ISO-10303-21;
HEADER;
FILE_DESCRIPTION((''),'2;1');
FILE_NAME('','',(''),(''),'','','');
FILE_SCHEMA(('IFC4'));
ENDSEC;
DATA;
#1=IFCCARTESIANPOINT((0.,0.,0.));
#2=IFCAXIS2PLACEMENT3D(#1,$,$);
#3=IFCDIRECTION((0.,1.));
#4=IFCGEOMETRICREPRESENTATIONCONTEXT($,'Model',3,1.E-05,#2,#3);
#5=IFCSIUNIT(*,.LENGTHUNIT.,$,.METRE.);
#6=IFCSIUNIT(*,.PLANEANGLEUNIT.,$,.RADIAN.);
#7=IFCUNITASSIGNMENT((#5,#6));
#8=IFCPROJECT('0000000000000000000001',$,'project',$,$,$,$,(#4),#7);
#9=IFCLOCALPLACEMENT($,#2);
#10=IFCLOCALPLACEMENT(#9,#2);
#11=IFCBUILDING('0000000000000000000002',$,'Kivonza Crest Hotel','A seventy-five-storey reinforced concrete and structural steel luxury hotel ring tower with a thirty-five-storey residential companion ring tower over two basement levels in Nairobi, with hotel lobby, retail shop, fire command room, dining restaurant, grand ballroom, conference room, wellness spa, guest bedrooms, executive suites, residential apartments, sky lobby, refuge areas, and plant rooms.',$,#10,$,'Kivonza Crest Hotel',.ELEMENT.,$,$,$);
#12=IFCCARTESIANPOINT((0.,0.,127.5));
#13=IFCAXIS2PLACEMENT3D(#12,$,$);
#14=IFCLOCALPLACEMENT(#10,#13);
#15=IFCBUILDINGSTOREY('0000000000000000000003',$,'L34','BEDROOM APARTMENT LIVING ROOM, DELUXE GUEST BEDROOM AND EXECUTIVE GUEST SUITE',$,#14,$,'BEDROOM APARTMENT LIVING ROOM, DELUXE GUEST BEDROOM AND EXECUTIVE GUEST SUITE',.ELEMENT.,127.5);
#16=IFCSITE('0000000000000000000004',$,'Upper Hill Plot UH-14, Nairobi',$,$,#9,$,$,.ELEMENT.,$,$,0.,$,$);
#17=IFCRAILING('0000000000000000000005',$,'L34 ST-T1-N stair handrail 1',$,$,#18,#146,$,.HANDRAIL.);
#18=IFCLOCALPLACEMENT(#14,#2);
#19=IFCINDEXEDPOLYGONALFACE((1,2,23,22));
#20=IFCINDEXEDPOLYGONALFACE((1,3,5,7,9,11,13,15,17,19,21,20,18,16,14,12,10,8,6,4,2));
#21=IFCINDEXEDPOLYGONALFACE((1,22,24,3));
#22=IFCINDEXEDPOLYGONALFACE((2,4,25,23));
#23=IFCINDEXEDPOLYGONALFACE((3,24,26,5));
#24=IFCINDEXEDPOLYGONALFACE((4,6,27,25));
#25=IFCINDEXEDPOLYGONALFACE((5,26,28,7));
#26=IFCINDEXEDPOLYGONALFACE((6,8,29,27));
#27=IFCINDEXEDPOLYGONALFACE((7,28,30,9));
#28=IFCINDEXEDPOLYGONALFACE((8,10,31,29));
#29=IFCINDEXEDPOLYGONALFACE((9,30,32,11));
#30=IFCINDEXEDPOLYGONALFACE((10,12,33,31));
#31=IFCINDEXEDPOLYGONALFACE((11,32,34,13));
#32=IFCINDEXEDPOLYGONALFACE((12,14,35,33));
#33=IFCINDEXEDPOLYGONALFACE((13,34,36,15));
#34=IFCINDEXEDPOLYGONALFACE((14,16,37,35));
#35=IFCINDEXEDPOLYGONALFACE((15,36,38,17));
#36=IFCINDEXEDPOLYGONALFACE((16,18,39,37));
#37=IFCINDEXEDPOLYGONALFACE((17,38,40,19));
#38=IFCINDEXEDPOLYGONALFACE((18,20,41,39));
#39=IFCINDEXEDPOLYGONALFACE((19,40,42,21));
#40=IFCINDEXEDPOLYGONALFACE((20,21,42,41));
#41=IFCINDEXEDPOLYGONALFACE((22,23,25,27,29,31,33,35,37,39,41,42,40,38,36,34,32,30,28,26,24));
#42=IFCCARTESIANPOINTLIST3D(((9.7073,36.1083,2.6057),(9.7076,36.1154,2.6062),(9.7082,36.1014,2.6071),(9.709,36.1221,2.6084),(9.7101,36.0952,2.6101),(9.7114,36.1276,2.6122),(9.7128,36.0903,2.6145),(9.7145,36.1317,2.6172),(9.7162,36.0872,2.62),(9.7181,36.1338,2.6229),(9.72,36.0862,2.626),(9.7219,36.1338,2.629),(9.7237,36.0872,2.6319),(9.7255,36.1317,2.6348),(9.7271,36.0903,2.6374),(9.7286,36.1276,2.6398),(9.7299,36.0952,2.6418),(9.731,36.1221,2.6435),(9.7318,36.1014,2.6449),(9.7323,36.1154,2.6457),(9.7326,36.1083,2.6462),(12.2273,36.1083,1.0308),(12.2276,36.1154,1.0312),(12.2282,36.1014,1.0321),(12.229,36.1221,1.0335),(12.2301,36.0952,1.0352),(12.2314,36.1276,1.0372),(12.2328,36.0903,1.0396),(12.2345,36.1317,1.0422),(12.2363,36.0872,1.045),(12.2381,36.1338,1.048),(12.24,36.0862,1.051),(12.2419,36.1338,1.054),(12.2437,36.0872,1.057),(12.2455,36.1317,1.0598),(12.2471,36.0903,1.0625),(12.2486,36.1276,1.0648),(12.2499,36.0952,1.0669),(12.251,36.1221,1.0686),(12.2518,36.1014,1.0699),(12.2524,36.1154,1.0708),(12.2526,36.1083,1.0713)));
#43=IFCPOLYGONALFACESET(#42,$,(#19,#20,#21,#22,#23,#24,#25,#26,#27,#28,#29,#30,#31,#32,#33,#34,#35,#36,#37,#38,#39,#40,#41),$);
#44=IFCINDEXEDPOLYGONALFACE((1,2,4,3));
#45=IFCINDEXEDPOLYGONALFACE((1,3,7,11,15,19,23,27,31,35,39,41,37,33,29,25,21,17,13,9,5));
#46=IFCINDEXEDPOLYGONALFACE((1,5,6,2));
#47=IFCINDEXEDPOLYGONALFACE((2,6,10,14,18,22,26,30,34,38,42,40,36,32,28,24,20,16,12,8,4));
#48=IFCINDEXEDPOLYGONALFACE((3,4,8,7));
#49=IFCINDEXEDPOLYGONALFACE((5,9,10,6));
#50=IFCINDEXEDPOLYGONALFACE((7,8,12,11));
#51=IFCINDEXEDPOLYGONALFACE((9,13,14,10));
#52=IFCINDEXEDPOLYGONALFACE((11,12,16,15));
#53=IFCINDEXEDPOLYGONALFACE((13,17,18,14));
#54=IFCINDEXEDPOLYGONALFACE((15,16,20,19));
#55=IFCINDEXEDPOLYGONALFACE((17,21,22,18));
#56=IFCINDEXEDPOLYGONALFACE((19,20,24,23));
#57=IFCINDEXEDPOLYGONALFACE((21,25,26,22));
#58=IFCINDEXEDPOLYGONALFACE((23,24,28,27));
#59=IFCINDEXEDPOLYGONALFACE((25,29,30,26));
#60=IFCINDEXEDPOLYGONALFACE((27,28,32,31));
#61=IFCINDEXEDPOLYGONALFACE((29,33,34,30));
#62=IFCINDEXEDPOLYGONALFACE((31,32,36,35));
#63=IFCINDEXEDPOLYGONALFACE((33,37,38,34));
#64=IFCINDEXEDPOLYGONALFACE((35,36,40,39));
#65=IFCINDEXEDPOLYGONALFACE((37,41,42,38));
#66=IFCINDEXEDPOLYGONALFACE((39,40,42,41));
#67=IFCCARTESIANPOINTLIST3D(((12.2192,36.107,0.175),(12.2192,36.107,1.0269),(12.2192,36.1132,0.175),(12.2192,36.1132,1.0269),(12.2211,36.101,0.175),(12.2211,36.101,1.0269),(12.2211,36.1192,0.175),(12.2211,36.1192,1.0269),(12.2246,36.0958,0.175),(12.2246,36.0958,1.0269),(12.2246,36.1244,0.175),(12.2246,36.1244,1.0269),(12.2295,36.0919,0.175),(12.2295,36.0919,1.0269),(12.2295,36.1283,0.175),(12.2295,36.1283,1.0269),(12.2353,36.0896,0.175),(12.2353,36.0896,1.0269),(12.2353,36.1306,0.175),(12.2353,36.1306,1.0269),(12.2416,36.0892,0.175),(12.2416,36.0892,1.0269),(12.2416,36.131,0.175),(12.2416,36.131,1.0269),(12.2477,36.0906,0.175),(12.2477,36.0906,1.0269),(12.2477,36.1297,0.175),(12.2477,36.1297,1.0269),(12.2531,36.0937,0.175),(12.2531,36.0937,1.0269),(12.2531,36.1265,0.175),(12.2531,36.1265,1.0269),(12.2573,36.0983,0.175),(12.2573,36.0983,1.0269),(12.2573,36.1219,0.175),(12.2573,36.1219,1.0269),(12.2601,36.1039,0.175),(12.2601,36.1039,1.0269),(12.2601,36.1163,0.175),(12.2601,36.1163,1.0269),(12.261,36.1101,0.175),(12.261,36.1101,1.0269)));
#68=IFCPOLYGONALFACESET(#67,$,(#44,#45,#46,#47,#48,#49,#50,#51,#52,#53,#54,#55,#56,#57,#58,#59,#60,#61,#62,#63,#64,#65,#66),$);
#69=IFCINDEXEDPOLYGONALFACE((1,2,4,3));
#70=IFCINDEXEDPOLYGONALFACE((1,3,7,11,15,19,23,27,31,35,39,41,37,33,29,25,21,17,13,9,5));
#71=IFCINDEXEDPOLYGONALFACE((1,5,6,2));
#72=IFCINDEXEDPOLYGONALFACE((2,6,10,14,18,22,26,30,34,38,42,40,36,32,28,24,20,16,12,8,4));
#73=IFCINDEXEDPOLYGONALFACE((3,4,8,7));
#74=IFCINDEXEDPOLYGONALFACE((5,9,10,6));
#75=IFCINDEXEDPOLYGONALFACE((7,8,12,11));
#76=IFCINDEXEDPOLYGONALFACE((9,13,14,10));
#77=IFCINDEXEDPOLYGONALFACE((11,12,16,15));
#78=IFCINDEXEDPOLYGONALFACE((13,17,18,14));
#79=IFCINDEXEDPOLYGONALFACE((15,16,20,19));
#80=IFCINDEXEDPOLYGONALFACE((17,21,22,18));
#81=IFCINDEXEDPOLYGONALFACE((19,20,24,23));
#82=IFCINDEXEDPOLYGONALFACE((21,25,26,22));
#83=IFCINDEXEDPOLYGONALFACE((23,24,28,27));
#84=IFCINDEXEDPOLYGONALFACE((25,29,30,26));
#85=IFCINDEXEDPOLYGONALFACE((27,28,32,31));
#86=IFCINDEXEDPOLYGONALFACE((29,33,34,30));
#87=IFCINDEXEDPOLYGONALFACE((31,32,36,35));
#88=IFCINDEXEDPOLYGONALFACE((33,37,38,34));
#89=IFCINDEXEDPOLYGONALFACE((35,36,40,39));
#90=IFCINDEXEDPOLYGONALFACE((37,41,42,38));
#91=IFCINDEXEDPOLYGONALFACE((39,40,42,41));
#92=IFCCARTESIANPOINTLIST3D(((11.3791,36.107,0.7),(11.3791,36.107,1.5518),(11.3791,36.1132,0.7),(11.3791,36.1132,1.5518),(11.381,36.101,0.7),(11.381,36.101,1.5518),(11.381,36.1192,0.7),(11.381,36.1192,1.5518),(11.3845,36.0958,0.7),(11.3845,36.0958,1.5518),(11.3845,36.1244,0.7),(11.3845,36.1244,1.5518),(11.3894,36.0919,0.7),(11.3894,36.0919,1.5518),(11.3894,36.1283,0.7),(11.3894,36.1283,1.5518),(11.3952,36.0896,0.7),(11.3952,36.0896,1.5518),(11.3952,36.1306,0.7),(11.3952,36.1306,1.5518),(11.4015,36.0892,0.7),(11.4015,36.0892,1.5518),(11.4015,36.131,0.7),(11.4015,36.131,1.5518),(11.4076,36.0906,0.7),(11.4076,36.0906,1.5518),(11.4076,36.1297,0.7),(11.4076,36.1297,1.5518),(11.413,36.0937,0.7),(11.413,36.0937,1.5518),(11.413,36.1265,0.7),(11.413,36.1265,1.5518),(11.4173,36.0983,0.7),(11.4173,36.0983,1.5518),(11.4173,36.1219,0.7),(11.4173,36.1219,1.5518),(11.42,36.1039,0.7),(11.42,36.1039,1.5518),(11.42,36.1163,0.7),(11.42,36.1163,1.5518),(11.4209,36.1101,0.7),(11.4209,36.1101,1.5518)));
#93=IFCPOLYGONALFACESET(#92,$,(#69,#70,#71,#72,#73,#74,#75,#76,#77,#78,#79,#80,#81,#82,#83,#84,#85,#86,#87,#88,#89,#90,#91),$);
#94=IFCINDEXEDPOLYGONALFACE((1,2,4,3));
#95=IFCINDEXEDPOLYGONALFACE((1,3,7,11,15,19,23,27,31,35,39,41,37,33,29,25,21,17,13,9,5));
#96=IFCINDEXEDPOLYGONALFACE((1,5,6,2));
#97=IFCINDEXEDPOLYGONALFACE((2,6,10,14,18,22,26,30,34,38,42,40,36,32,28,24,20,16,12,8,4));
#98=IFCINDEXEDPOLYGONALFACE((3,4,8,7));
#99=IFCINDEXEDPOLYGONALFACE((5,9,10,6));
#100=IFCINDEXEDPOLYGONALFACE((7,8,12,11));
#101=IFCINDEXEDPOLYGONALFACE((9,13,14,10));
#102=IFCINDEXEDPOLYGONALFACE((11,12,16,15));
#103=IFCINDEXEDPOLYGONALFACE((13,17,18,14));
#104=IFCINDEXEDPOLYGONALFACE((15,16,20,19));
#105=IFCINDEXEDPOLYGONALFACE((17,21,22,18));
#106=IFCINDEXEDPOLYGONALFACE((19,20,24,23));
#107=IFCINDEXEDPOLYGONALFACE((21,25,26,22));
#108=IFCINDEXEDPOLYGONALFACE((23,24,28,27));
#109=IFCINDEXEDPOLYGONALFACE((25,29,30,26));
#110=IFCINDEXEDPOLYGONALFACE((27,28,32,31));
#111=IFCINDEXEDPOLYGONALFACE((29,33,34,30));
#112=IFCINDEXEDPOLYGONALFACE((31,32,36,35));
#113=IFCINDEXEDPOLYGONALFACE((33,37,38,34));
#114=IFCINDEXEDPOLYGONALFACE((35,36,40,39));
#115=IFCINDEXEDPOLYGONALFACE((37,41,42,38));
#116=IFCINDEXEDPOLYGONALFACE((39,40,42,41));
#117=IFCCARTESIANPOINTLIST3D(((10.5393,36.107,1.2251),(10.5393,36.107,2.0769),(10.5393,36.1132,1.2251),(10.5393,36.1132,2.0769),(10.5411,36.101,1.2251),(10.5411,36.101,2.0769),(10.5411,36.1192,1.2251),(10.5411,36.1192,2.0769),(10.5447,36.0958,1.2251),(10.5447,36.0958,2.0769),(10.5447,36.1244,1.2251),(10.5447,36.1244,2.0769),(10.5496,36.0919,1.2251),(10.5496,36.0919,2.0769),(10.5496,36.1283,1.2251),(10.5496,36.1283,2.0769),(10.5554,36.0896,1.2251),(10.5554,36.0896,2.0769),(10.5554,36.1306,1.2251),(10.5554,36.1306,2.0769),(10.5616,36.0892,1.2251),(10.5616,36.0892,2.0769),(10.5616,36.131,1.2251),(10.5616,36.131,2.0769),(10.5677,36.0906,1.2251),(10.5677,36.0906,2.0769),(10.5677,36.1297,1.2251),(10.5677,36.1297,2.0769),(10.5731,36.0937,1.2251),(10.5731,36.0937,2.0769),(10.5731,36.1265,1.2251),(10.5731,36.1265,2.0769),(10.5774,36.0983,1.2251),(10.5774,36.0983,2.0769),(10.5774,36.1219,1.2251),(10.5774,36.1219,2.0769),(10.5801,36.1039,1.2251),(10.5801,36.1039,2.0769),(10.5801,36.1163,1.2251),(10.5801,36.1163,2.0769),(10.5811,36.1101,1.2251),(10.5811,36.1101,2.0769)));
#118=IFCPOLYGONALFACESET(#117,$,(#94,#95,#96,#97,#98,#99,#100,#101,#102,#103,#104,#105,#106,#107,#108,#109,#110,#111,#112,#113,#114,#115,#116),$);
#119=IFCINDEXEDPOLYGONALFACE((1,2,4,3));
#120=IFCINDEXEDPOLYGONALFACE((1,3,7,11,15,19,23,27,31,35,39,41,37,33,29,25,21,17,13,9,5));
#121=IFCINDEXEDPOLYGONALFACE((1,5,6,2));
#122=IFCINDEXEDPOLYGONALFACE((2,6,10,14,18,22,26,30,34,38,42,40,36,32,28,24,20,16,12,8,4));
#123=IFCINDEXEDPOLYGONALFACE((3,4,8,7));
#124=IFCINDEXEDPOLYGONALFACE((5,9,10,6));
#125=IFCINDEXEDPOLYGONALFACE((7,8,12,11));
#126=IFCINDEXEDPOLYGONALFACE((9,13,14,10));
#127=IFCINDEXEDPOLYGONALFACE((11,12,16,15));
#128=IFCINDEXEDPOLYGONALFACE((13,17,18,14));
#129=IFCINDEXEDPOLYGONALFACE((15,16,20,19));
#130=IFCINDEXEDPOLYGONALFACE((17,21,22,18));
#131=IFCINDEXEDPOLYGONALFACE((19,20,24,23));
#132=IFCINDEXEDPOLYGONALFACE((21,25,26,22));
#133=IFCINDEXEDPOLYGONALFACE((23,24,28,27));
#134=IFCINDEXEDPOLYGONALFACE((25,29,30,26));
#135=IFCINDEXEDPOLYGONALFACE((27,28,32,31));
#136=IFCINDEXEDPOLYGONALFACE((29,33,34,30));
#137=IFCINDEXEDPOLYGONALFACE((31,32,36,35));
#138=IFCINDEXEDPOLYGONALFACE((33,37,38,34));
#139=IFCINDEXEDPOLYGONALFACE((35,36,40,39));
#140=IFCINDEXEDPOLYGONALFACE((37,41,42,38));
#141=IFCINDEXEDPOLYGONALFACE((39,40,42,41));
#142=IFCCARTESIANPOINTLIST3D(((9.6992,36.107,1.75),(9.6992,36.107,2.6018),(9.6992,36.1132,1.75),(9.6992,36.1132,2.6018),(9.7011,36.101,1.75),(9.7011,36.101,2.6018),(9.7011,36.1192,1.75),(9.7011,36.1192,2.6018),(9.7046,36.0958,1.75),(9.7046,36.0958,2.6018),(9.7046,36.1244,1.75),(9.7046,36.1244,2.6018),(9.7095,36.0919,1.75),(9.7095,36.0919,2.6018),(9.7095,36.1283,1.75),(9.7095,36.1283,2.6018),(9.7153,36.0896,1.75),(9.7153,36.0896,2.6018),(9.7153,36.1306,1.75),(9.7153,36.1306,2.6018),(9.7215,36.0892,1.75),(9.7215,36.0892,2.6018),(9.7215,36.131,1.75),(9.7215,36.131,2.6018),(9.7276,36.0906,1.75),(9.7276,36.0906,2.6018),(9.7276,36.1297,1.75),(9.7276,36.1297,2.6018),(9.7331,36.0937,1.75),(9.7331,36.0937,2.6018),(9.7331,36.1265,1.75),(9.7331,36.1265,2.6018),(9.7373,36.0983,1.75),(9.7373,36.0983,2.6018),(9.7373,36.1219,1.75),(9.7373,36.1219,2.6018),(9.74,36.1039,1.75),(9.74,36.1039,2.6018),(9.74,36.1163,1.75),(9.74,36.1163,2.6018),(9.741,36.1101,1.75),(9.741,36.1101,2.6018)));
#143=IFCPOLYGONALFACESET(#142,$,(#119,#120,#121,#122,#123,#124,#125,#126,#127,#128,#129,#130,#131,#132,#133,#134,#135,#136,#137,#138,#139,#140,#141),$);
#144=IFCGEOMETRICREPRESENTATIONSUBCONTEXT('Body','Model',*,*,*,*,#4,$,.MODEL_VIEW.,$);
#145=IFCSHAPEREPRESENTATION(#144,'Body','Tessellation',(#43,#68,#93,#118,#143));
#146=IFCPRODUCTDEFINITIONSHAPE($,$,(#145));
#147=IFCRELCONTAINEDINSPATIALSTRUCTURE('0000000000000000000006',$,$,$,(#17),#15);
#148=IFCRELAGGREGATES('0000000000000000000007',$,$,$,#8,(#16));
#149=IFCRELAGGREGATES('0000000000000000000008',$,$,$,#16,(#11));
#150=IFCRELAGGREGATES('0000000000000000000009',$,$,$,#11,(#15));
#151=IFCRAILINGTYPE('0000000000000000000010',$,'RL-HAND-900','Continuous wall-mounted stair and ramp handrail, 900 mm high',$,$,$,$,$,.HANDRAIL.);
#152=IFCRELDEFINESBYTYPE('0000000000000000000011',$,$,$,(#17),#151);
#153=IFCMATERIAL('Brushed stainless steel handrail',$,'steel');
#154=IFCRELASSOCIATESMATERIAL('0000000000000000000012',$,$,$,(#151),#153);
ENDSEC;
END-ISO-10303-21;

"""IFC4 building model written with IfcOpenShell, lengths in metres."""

from ifc_helpers import new_model, si_unit, direction, frame, origin, origin_2d, place, context, subcontext, project, spatial, circle, extrude, material, type_object, element, save


model = new_model("IFC4")

# Units and contexts
model_context = context("Model", 3, precision=1e-05, world=origin(), true_north=direction((0.0, 1.0)))
body_context = subcontext(model_context, "Body", "Model", "MODEL_VIEW")
ifc_project = project(units=[si_unit("LENGTHUNIT", "METRE"), si_unit("PLANEANGLEUNIT", "RADIAN")], contexts=[model_context])

# Site, building, storey
site_placement = place(None, origin())
site = spatial("IfcSite", under=ifc_project, at=site_placement, Name="Upper Hill Plot UH-14, Nairobi", CompositionType="ELEMENT", RefElevation=0.0)
building_placement = place(site_placement, origin())
building = spatial("IfcBuilding", under=site, at=building_placement, Name="Kivonza Crest Hotel", Description="A seventy-five-storey reinforced concrete and structural steel luxury hotel ring tower with a thirty-five-storey residential companion ring tower over two basement levels in Nairobi, with hotel lobby, retail shop, fire command room, dining restaurant, grand ballroom, conference room, wellness spa, guest bedrooms, executive suites, residential apartments, sky lobby, refuge areas, and plant rooms.", LongName="Kivonza Crest Hotel", CompositionType="ELEMENT")
storey_placement = place(building_placement, frame((0.0, 0.0, 127.5)))
storey = spatial("IfcBuildingStorey", under=building, at=storey_placement, Name="L34", Description="BEDROOM APARTMENT LIVING ROOM, DELUXE GUEST BEDROOM AND EXECUTIVE GUEST SUITE", LongName="BEDROOM APARTMENT LIVING ROOM, DELUXE GUEST BEDROOM AND EXECUTIVE GUEST SUITE", CompositionType="ELEMENT", Elevation=127.5)

# Railing
ifc_material_1 = material(Name="Brushed stainless steel handrail", Category="steel")
railing_type_1 = type_object("IfcRailingType", Name="RL-HAND-900", Description="Continuous wall-mounted stair and ramp handrail, 900 mm high", PredefinedType="HANDRAIL", material=ifc_material_1)
railing_1_placement = place(storey_placement, frame((12.24, 36.1101, 0.175)))
element("IfcRailing", 1, at=railing_1_placement, inside=storey, type_object=railing_type_1, Name="L34 ST-T1-N stair handrail 1", PredefinedType="HANDRAIL", context=body_context, shape_type="SweptSolid", body=[
    extrude(circle(Radius=0.0239, at=origin_2d()), frame((0.0, 0.0, 0.876), z_axis=(-0.848008, 0.0, 0.529984), x_axis=(0.0, -1.0, 0.0)), (0.0, 0.0, 1.0), 2.9717),
    extrude(circle(Radius=0.021, at=origin_2d()), origin(), (0.0, 0.0, 1.0), 0.8518),
    extrude(circle(Radius=0.021, at=origin_2d()), frame((-0.8401, 0.0, 0.5249)), (0.0, 0.0, 1.0), 0.8518),
    extrude(circle(Radius=0.021, at=origin_2d()), frame((-1.6799, 0.0, 1.05)), (0.0, 0.0, 1.0), 0.8518),
    extrude(circle(Radius=0.021, at=origin_2d()), frame((-2.52, 0.0, 1.575)), (0.0, 0.0, 1.0), 0.8518),
])

save(model, "model.ifc")
